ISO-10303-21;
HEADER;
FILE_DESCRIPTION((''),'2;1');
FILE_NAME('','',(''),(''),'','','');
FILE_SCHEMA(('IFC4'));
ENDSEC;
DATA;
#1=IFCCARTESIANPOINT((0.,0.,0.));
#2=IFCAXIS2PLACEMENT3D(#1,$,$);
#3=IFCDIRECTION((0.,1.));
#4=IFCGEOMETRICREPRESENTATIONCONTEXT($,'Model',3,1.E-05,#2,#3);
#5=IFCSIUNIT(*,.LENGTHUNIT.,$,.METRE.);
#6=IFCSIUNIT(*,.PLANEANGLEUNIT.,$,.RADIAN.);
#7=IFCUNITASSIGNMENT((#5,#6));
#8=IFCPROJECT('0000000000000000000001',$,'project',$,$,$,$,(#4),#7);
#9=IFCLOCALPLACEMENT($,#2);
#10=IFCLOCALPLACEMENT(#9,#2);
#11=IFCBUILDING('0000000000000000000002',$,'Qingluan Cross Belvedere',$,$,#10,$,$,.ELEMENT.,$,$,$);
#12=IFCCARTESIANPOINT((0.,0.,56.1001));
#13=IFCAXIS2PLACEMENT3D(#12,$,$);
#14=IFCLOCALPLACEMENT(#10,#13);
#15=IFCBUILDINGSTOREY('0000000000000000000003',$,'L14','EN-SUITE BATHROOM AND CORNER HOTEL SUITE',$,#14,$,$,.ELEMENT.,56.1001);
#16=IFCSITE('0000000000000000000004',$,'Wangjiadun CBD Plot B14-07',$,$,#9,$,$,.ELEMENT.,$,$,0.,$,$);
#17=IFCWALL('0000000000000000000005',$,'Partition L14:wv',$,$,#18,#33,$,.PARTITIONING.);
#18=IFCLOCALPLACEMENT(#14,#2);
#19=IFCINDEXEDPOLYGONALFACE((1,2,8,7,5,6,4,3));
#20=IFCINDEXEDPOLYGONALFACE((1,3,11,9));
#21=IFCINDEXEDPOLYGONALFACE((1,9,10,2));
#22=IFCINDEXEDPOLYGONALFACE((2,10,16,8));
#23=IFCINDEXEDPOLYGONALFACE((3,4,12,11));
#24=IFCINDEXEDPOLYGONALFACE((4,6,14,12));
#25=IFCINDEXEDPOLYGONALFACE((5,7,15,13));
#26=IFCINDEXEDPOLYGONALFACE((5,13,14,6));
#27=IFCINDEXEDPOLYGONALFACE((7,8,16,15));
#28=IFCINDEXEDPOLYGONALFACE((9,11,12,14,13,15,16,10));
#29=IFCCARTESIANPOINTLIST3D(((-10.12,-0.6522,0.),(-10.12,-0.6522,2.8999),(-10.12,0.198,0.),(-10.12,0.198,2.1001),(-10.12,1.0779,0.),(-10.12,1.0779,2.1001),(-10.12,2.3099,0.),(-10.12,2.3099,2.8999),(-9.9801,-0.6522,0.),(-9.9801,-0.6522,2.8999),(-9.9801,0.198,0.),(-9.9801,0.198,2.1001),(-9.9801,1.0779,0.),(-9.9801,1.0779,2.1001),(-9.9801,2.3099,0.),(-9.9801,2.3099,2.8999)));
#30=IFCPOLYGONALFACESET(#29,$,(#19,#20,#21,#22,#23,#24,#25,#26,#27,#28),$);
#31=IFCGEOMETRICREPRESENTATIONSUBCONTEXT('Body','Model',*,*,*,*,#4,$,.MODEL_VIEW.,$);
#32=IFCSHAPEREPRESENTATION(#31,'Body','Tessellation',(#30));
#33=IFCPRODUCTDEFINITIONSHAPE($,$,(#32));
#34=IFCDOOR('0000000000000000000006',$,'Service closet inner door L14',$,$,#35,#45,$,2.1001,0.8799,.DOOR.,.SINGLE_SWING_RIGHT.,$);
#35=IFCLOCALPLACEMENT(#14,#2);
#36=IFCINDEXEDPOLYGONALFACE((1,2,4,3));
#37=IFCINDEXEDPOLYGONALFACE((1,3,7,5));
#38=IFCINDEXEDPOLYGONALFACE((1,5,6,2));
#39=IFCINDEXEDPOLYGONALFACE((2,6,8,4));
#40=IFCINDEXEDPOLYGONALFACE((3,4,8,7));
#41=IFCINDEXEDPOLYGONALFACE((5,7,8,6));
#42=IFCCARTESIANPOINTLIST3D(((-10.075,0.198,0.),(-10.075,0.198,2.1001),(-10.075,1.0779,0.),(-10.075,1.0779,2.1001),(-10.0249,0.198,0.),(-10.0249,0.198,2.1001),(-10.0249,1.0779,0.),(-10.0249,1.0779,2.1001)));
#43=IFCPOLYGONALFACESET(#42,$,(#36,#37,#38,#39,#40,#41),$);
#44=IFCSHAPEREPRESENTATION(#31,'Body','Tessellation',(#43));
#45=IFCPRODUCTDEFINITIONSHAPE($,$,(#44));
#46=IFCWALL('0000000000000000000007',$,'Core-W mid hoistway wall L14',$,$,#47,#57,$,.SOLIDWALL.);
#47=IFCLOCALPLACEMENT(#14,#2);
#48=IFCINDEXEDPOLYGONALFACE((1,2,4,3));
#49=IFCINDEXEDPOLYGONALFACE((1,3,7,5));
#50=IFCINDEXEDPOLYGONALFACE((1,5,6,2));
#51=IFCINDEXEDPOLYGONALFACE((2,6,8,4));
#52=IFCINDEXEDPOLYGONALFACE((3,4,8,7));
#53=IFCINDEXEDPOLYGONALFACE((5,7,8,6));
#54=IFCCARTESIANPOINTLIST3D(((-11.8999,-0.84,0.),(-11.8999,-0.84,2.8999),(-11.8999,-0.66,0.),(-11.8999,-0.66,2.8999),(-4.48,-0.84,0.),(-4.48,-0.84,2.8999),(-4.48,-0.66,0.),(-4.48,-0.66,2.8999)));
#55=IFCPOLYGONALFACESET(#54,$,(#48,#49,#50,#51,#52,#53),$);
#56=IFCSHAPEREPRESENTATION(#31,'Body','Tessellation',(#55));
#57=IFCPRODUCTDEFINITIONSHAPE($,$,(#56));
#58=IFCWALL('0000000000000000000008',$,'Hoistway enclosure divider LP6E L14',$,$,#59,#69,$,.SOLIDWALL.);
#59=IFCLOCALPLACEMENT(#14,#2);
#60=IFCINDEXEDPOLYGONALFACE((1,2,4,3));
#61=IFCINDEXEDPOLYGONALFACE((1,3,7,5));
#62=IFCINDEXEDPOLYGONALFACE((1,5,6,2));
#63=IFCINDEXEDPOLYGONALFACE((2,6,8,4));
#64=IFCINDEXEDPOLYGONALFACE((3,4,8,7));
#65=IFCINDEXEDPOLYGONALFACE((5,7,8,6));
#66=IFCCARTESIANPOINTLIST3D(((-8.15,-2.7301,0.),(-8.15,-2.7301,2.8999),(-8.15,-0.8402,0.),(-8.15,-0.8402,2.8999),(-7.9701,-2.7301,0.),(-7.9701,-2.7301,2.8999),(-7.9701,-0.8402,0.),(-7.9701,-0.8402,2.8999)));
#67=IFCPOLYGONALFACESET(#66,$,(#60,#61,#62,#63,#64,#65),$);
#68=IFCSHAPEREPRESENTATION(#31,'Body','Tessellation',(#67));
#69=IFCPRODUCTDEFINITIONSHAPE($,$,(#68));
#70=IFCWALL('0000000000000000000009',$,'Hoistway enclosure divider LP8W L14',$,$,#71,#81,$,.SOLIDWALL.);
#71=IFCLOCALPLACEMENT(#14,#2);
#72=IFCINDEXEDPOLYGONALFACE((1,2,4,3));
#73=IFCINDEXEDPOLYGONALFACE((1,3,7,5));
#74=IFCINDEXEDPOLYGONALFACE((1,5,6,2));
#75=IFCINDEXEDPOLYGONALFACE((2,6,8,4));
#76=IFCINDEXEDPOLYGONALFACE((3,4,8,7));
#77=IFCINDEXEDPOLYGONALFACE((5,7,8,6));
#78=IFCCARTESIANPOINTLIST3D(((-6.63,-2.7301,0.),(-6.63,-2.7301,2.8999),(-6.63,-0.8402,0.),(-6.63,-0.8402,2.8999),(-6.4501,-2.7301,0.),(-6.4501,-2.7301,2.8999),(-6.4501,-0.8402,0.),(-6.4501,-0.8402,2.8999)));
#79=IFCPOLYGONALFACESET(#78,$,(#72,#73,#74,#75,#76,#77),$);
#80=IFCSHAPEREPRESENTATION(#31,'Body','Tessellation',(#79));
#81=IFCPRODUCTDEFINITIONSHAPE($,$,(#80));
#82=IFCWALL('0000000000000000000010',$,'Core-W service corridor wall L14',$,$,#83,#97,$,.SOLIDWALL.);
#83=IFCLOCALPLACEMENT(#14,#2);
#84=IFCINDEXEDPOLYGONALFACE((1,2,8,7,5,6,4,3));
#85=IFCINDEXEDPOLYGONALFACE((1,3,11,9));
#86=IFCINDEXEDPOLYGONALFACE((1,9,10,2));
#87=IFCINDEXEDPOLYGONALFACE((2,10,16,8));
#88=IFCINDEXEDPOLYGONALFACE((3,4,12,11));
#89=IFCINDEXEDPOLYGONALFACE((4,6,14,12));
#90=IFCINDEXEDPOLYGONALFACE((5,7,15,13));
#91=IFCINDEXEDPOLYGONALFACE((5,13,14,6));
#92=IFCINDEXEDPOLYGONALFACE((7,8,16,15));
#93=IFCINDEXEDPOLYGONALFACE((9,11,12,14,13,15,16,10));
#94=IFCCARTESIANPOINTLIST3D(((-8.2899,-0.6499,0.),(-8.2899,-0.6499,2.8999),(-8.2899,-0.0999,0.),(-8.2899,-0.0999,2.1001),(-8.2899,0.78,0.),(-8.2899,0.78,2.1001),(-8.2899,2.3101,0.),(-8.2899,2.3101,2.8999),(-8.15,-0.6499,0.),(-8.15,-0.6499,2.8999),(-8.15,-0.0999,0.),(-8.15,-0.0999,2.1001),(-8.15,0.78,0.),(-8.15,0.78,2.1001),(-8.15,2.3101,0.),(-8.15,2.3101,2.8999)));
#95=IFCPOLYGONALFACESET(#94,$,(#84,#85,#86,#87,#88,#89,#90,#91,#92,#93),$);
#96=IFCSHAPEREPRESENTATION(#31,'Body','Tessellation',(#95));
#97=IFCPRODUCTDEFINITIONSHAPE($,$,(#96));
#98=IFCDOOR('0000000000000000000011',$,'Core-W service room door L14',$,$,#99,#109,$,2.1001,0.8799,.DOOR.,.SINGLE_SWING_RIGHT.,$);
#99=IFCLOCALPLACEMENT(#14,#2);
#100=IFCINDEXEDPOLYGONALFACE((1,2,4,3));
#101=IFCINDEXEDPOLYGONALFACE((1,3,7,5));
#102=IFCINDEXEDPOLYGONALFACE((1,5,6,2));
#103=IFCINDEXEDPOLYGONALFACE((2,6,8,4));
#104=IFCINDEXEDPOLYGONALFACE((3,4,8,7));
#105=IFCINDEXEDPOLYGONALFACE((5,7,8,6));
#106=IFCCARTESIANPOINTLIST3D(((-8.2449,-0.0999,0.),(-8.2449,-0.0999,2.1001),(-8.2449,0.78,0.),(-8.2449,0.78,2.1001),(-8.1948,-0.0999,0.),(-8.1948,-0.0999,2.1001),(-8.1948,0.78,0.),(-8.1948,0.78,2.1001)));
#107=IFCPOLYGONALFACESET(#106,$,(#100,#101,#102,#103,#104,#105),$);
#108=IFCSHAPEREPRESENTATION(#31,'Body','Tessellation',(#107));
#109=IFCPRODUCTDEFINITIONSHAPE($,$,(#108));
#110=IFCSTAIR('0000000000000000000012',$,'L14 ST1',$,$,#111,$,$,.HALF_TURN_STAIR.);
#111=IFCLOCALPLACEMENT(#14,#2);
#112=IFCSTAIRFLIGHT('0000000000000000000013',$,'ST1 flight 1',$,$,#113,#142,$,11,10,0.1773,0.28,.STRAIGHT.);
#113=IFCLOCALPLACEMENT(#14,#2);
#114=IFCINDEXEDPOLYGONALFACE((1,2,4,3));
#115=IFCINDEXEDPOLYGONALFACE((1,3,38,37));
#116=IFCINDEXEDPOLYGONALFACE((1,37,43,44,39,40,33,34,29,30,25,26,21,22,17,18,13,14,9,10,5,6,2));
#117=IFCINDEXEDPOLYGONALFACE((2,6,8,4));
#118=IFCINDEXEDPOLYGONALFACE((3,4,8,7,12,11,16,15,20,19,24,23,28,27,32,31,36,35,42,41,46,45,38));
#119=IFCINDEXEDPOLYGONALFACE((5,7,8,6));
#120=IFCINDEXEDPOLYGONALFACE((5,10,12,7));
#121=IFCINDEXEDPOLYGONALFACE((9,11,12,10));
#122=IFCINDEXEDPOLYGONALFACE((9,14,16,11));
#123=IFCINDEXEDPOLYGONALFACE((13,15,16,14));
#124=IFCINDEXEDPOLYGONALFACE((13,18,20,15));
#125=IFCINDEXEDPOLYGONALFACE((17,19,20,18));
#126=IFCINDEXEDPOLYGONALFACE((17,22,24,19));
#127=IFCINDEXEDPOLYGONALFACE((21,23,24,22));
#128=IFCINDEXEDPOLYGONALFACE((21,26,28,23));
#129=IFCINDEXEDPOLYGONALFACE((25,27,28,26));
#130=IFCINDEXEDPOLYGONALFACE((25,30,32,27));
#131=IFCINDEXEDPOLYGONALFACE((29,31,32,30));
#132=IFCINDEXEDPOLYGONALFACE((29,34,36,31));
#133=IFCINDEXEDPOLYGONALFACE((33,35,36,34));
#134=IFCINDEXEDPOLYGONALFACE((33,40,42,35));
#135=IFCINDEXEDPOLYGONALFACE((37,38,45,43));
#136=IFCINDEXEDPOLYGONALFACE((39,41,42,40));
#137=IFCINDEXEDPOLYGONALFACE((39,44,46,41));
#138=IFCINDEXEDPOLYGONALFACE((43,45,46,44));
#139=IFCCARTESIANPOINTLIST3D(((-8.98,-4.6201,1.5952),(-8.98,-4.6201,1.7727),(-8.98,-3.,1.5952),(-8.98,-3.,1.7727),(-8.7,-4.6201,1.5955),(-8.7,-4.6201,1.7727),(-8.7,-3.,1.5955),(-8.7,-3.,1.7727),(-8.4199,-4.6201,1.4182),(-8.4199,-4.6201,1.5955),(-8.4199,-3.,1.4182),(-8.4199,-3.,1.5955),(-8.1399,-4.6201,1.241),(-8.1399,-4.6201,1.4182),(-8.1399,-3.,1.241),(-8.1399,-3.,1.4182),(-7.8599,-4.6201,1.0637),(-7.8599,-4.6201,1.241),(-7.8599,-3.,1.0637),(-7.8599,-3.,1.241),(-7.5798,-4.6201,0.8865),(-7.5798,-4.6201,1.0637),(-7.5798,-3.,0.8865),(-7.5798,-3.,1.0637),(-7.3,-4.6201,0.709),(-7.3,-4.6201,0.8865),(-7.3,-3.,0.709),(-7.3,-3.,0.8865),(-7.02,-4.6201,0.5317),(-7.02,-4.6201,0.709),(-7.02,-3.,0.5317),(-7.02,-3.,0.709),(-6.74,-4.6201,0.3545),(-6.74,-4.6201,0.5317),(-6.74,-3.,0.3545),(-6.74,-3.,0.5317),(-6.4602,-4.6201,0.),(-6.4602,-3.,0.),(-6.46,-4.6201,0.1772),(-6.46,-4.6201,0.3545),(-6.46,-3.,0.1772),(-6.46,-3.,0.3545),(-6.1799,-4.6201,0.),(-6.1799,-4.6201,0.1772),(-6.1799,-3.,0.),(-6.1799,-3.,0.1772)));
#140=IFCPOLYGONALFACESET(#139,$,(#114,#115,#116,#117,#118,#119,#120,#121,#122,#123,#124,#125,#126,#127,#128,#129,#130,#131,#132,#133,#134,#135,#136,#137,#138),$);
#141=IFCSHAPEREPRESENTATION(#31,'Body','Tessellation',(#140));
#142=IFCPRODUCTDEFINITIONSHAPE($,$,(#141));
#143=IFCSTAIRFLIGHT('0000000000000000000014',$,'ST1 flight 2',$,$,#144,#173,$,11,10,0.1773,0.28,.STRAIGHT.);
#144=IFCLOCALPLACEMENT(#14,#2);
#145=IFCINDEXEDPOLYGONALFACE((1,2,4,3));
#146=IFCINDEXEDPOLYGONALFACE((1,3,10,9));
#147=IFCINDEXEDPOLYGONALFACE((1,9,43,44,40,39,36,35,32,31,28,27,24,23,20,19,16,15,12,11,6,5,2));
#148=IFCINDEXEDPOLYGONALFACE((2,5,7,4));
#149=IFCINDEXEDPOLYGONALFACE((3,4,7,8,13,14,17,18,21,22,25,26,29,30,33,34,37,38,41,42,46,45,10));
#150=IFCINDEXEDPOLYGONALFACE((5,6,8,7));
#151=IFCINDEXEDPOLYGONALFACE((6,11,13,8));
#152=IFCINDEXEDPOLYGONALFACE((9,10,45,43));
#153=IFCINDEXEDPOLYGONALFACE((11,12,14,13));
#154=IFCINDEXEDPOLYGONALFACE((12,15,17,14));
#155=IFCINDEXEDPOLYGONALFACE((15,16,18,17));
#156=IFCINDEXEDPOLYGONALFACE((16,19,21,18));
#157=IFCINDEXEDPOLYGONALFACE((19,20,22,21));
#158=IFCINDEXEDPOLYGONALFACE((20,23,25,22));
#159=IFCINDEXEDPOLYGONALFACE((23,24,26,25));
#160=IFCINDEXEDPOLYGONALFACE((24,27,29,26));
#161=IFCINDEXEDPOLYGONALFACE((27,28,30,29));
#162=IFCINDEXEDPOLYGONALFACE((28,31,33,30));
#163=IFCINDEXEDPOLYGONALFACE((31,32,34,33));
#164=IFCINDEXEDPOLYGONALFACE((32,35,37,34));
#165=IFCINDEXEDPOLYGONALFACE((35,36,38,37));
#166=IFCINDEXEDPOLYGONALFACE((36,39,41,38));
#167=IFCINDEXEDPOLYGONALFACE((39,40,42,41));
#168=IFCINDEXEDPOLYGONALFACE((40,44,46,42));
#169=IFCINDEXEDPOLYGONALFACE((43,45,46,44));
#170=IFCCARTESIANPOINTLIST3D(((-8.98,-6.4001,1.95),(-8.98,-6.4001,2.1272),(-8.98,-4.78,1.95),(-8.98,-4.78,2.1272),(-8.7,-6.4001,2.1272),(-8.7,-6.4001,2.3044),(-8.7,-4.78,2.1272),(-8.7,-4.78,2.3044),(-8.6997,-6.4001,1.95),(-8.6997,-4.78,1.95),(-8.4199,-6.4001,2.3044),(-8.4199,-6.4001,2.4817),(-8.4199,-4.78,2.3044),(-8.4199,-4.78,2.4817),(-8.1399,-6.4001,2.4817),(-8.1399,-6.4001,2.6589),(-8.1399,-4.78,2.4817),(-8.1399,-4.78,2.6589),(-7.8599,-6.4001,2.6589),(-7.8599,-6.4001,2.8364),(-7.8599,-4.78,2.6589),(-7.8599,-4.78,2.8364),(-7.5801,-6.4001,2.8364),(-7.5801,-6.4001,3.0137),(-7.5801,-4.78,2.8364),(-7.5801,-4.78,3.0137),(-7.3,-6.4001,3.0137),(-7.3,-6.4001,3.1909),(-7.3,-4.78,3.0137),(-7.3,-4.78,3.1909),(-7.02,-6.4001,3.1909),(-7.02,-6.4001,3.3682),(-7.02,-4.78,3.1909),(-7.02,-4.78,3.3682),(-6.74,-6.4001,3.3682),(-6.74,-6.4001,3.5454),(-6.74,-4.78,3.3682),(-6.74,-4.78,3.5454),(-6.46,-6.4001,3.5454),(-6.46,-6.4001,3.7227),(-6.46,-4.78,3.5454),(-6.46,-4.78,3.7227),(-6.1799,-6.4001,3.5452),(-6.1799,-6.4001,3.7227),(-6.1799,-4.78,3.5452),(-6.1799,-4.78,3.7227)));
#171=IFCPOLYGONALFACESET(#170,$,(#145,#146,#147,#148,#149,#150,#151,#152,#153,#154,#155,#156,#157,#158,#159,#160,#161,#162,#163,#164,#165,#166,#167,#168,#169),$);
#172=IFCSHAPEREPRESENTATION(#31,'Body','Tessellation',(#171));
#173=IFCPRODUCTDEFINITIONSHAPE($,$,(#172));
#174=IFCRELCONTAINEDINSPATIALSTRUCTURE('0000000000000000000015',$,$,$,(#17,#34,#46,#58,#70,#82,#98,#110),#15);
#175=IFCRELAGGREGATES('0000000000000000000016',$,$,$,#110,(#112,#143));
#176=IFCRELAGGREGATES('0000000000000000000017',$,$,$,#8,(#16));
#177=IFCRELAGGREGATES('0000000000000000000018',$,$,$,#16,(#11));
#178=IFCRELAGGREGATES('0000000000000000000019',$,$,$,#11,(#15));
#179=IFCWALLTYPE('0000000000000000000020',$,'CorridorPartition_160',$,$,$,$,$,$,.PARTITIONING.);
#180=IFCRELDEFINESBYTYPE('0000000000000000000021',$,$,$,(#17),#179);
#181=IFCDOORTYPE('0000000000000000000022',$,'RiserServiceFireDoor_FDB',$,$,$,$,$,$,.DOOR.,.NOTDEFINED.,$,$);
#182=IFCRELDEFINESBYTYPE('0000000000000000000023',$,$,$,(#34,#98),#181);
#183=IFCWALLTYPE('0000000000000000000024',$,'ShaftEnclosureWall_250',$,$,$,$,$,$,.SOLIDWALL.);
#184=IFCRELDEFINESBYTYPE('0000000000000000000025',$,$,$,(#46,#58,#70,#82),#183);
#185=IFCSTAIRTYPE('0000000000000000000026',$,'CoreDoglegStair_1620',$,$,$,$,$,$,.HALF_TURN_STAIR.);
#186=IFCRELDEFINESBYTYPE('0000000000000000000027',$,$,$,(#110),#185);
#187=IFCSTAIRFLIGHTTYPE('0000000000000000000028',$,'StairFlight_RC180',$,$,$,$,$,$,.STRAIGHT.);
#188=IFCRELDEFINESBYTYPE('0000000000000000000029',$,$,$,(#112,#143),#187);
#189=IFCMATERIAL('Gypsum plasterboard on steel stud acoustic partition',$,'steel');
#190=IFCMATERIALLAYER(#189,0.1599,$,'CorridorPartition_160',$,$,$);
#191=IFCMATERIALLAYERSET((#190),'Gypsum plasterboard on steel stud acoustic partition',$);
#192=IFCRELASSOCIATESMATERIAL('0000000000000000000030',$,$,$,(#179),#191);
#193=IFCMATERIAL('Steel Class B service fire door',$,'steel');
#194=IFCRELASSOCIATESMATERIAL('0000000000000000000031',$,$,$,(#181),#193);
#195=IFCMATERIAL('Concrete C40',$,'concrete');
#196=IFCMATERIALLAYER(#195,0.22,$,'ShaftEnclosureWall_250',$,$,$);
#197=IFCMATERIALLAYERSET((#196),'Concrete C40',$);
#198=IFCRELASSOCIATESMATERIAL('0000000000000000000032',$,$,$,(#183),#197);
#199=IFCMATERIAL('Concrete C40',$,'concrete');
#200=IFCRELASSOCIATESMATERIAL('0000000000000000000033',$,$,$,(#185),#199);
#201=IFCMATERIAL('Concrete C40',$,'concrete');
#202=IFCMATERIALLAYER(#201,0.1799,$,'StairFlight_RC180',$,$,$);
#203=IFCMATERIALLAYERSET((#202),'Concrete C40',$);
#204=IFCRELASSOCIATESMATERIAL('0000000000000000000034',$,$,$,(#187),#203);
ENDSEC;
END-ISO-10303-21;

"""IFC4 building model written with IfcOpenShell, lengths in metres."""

from ifc_helpers import new_model, si_unit, direction, frame, frame_2d, origin, place, context, subcontext, project, spatial, polyline, rectangle, outline, extrude, material, layer, layer_set, type_object, element, fill, aggregate, save


model = new_model("IFC4")

# Units and contexts
model_context = context("Model", 3, precision=1e-05, world=origin(), true_north=direction((0.0, 1.0)))
body_context = subcontext(model_context, "Body", "Model", "MODEL_VIEW")
ifc_project = project(units=[si_unit("LENGTHUNIT", "METRE"), si_unit("PLANEANGLEUNIT", "RADIAN")], contexts=[model_context])

# Site, building, storey
site_placement = place(None, origin())
site = spatial("IfcSite", under=ifc_project, at=site_placement, Name="Wangjiadun CBD Plot B14-07", CompositionType="ELEMENT", RefElevation=0.0)
building_placement = place(site_placement, origin())
building = spatial("IfcBuilding", under=site, at=building_placement, Name="Qingluan Cross Belvedere", CompositionType="ELEMENT")
storey_placement = place(building_placement, frame((0.0, 0.0, 56.1001)))
storey = spatial("IfcBuildingStorey", under=building, at=storey_placement, Name="L14", Description="EN-SUITE BATHROOM AND CORNER HOTEL SUITE", CompositionType="ELEMENT", Elevation=56.1001)

# Wall, opening, door
ifc_material_1 = material(Name="Gypsum plasterboard on steel stud acoustic partition", Category="steel")
ifc_layer_1 = layer(ifc_material_1, 0.1599, Name="CorridorPartition_160")
ifc_layer_set_1 = layer_set([ifc_layer_1], Name="Gypsum plasterboard on steel stud acoustic partition")
wall_type_1 = type_object("IfcWallType", Name="CorridorPartition_160", PredefinedType="PARTITIONING", material=ifc_layer_set_1)
wall_1_placement = place(storey_placement, frame((-10.05, -0.6521, 0.0), z_axis=(0.0, 0.0, 1.0), x_axis=(0.0, 1.0, 0.0)))
wall_1 = element("IfcWall", 1, at=wall_1_placement, inside=storey, type_object=wall_type_1, Name="Partition L14:wv", PredefinedType="PARTITIONING", context=body_context, shape_type="SweptSolid", body=[
    extrude(rectangle(XDim=2.9622, YDim=0.1399, at=frame_2d((1.481, 0.0))), origin(), (0.0, 0.0, 1.0), 2.8999),
])
opening_1_placement = place(wall_1_placement, frame((0.8501, 0.0, 0.0)))
opening_1 = element("IfcOpeningElement", 2, at=opening_1_placement, cuts=wall_1, PredefinedType="OPENING", context=body_context, shape_type="SweptSolid", body=[
    extrude(rectangle(XDim=0.8799, YDim=2.1001, at=frame_2d((0.4399, 1.05))), frame((0.0, 0.0798, 0.0), z_axis=(0.0, -1.0, 0.0), x_axis=(1.0, 0.0, 0.0)), (0.0, 0.0, 1.0), 0.1599),
])
ifc_material_2 = material(Name="Steel Class B service fire door", Category="steel")
door_type_1 = type_object("IfcDoorType", Name="RiserServiceFireDoor_FDB", OperationType="NOTDEFINED", PredefinedType="DOOR", material=ifc_material_2)
door_1_placement = place(opening_1_placement, origin())
door_1 = element("IfcDoor", 3, at=door_1_placement, inside=storey, type_object=door_type_1, Name="Service closet inner door L14", OperationType="SINGLE_SWING_RIGHT", OverallHeight=2.1001, OverallWidth=0.8799, PredefinedType="DOOR", context=body_context, shape_type="SweptSolid", body=[
    extrude(rectangle(XDim=0.8799, YDim=2.1001, at=frame_2d((0.4399, 1.05))), frame((0.0, 0.0249, 0.0), z_axis=(0.0, -1.0, 0.0), x_axis=(1.0, 0.0, 0.0)), (0.0, 0.0, 1.0), 0.05),
])
fill(opening_1, door_1)

# Walls
ifc_material_3 = material(Name="Concrete C40", Category="concrete")
ifc_layer_2 = layer(ifc_material_3, 0.22, Name="ShaftEnclosureWall_250")
ifc_layer_set_2 = layer_set([ifc_layer_2], Name="Concrete C40")
wall_type_2 = type_object("IfcWallType", Name="ShaftEnclosureWall_250", PredefinedType="SOLIDWALL", material=ifc_layer_set_2)
wall_2_placement = place(storey_placement, frame((-11.8999, -0.75, 0.0), z_axis=(0.0, 0.0, 1.0), x_axis=(1.0, 0.0, 0.0)))
element("IfcWall", 4, at=wall_2_placement, inside=storey, type_object=wall_type_2, Name="Core-W mid hoistway wall L14", PredefinedType="SOLIDWALL", context=body_context, shape_type="SweptSolid", body=[
    extrude(rectangle(XDim=7.4199, YDim=0.1799, at=frame_2d((3.71, 0.0))), origin(), (0.0, 0.0, 1.0), 2.8999),
])
for number, where, z_axis, x_axis, name in (
    (5, (-8.0601, -2.73, 0.0), (0.0, 0.0, 1.0), (0.0, 1.0, 0.0), "Hoistway enclosure divider LP6E L14"),
    (6, (-6.54, -2.73, 0.0), (0.0, 0.0, 1.0), (0.0, 1.0, 0.0), "Hoistway enclosure divider LP8W L14"),
):
    element("IfcWall", number, at=place(storey_placement, frame(where, z_axis=z_axis, x_axis=x_axis)), inside=storey, type_object=wall_type_2, Name=name, PredefinedType="SOLIDWALL", context=body_context, shape_type="SweptSolid", body=[
        extrude(rectangle(XDim=1.8899, YDim=0.1799, at=frame_2d((0.9448, 0.0))), origin(), (0.0, 0.0, 1.0), 2.8999),
    ])

# Wall, opening, door
wall_3_placement = place(storey_placement, frame((-8.22, -0.6499, 0.0), z_axis=(0.0, 0.0, 1.0), x_axis=(0.0, 1.0, 0.0)))
wall_3 = element("IfcWall", 7, at=wall_3_placement, inside=storey, type_object=wall_type_2, Name="Core-W service corridor wall L14", PredefinedType="SOLIDWALL", context=body_context, shape_type="SweptSolid", body=[
    extrude(rectangle(XDim=2.96, YDim=0.1399, at=frame_2d((1.48, 0.0))), origin(), (0.0, 0.0, 1.0), 2.8999),
])
opening_2_placement = place(wall_3_placement, frame((0.55, 0.0, 0.0)))
opening_2 = element("IfcOpeningElement", 8, at=opening_2_placement, cuts=wall_3, PredefinedType="OPENING", context=body_context, shape_type="SweptSolid", body=[
    extrude(rectangle(XDim=0.8799, YDim=2.1001, at=frame_2d((0.4399, 1.05))), frame((0.0, 0.0798, 0.0), z_axis=(0.0, -1.0, 0.0), x_axis=(1.0, 0.0, 0.0)), (0.0, 0.0, 1.0), 0.1599),
])
door_2_placement = place(opening_2_placement, origin())
door_2 = element("IfcDoor", 9, at=door_2_placement, inside=storey, type_object=door_type_1, Name="Core-W service room door L14", OperationType="SINGLE_SWING_RIGHT", OverallHeight=2.1001, OverallWidth=0.8799, PredefinedType="DOOR", context=body_context, shape_type="SweptSolid", body=[
    extrude(rectangle(XDim=0.8799, YDim=2.1001, at=frame_2d((0.4399, 1.05))), frame((0.0, 0.0249, 0.0), z_axis=(0.0, -1.0, 0.0), x_axis=(1.0, 0.0, 0.0)), (0.0, 0.0, 1.0), 0.05),
])
fill(opening_2, door_2)

# Stair, stair flights
ifc_material_4 = material(Name="Concrete C40", Category="concrete")
stair_type = type_object("IfcStairType", Name="CoreDoglegStair_1620", PredefinedType="HALF_TURN_STAIR", material=ifc_material_4)
stair_placement = place(storey_placement, origin())
stair = element("IfcStair", 10, at=stair_placement, inside=storey, type_object=stair_type, Name="L14 ST1", PredefinedType="HALF_TURN_STAIR")
ifc_material_5 = material(Name="Concrete C40", Category="concrete")
ifc_layer_3 = layer(ifc_material_5, 0.1799, Name="StairFlight_RC180")
ifc_layer_set_3 = layer_set([ifc_layer_3], Name="Concrete C40")
stair_flight_type = type_object("IfcStairFlightType", Name="StairFlight_RC180", PredefinedType="STRAIGHT", material=ifc_layer_set_3)
stair_flight_1_placement = place(storey_placement, frame((-6.1799, -3.8101, 0.0), z_axis=(0.0, 0.0, 1.0), x_axis=(-1.0, 0.0, 0.0)))
stair_flight_1 = element("IfcStairFlight", 11, at=stair_flight_1_placement, type_object=stair_flight_type, Name="ST1 flight 1", NumberOfRisers=11, NumberOfTreads=10, PredefinedType="STRAIGHT", RiserHeight=0.1773, TreadLength=0.28, context=body_context, shape_type="SweptSolid", body=[
    extrude(outline(polyline([(0.0, 0.0), (0.0, 0.1772), (0.28, 0.1772), (0.28, 0.3545), (0.5601, 0.3545), (0.5601, 0.5317), (0.8401, 0.5317), (0.8401, 0.709), (1.1201, 0.709), (1.1201, 0.8865), (1.3999, 0.8865), (1.3999, 1.0637), (1.6799, 1.0637), (1.6799, 1.241), (1.96, 1.241), (1.96, 1.4182), (2.24, 1.4182), (2.24, 1.5955), (2.52, 1.5955), (2.52, 1.7727), (2.8, 1.7727), (2.8, 1.95), (2.8, 1.5952), (0.2803, 0.0), (0.0, 0.0)])), frame((0.0, 0.8101, 0.0), z_axis=(0.0, -1.0, 0.0), x_axis=(1.0, 0.0, 0.0)), (0.0, 0.0, 1.0), 1.6201),
])
stair_flight_2_placement = place(storey_placement, frame((-8.98, -5.5901, 1.95), z_axis=(0.0, 0.0, 1.0), x_axis=(1.0, 0.0, 0.0)))
stair_flight_2 = element("IfcStairFlight", 12, at=stair_flight_2_placement, type_object=stair_flight_type, Name="ST1 flight 2", NumberOfRisers=11, NumberOfTreads=10, PredefinedType="STRAIGHT", RiserHeight=0.1773, TreadLength=0.28, context=body_context, shape_type="SweptSolid", body=[
    extrude(outline(polyline([(0.0, 0.0), (0.0, 0.1772), (0.28, 0.1772), (0.28, 0.3545), (0.5601, 0.3545), (0.5601, 0.5317), (0.8401, 0.5317), (0.8401, 0.709), (1.1201, 0.709), (1.1201, 0.8865), (1.3999, 0.8865), (1.3999, 1.0637), (1.6799, 1.0637), (1.6799, 1.241), (1.96, 1.241), (1.96, 1.4182), (2.24, 1.4182), (2.24, 1.5955), (2.52, 1.5955), (2.52, 1.7727), (2.8, 1.7727), (2.8, 1.95), (2.8, 1.5952), (0.2803, 0.0), (0.0, 0.0)])), frame((0.0, 0.8101, 0.0), z_axis=(0.0, -1.0, 0.0), x_axis=(1.0, 0.0, 0.0)), (0.0, 0.0, 1.0), 1.6201),
])
aggregate(stair, [stair_flight_1, stair_flight_2])

save(model, "model.ifc")
